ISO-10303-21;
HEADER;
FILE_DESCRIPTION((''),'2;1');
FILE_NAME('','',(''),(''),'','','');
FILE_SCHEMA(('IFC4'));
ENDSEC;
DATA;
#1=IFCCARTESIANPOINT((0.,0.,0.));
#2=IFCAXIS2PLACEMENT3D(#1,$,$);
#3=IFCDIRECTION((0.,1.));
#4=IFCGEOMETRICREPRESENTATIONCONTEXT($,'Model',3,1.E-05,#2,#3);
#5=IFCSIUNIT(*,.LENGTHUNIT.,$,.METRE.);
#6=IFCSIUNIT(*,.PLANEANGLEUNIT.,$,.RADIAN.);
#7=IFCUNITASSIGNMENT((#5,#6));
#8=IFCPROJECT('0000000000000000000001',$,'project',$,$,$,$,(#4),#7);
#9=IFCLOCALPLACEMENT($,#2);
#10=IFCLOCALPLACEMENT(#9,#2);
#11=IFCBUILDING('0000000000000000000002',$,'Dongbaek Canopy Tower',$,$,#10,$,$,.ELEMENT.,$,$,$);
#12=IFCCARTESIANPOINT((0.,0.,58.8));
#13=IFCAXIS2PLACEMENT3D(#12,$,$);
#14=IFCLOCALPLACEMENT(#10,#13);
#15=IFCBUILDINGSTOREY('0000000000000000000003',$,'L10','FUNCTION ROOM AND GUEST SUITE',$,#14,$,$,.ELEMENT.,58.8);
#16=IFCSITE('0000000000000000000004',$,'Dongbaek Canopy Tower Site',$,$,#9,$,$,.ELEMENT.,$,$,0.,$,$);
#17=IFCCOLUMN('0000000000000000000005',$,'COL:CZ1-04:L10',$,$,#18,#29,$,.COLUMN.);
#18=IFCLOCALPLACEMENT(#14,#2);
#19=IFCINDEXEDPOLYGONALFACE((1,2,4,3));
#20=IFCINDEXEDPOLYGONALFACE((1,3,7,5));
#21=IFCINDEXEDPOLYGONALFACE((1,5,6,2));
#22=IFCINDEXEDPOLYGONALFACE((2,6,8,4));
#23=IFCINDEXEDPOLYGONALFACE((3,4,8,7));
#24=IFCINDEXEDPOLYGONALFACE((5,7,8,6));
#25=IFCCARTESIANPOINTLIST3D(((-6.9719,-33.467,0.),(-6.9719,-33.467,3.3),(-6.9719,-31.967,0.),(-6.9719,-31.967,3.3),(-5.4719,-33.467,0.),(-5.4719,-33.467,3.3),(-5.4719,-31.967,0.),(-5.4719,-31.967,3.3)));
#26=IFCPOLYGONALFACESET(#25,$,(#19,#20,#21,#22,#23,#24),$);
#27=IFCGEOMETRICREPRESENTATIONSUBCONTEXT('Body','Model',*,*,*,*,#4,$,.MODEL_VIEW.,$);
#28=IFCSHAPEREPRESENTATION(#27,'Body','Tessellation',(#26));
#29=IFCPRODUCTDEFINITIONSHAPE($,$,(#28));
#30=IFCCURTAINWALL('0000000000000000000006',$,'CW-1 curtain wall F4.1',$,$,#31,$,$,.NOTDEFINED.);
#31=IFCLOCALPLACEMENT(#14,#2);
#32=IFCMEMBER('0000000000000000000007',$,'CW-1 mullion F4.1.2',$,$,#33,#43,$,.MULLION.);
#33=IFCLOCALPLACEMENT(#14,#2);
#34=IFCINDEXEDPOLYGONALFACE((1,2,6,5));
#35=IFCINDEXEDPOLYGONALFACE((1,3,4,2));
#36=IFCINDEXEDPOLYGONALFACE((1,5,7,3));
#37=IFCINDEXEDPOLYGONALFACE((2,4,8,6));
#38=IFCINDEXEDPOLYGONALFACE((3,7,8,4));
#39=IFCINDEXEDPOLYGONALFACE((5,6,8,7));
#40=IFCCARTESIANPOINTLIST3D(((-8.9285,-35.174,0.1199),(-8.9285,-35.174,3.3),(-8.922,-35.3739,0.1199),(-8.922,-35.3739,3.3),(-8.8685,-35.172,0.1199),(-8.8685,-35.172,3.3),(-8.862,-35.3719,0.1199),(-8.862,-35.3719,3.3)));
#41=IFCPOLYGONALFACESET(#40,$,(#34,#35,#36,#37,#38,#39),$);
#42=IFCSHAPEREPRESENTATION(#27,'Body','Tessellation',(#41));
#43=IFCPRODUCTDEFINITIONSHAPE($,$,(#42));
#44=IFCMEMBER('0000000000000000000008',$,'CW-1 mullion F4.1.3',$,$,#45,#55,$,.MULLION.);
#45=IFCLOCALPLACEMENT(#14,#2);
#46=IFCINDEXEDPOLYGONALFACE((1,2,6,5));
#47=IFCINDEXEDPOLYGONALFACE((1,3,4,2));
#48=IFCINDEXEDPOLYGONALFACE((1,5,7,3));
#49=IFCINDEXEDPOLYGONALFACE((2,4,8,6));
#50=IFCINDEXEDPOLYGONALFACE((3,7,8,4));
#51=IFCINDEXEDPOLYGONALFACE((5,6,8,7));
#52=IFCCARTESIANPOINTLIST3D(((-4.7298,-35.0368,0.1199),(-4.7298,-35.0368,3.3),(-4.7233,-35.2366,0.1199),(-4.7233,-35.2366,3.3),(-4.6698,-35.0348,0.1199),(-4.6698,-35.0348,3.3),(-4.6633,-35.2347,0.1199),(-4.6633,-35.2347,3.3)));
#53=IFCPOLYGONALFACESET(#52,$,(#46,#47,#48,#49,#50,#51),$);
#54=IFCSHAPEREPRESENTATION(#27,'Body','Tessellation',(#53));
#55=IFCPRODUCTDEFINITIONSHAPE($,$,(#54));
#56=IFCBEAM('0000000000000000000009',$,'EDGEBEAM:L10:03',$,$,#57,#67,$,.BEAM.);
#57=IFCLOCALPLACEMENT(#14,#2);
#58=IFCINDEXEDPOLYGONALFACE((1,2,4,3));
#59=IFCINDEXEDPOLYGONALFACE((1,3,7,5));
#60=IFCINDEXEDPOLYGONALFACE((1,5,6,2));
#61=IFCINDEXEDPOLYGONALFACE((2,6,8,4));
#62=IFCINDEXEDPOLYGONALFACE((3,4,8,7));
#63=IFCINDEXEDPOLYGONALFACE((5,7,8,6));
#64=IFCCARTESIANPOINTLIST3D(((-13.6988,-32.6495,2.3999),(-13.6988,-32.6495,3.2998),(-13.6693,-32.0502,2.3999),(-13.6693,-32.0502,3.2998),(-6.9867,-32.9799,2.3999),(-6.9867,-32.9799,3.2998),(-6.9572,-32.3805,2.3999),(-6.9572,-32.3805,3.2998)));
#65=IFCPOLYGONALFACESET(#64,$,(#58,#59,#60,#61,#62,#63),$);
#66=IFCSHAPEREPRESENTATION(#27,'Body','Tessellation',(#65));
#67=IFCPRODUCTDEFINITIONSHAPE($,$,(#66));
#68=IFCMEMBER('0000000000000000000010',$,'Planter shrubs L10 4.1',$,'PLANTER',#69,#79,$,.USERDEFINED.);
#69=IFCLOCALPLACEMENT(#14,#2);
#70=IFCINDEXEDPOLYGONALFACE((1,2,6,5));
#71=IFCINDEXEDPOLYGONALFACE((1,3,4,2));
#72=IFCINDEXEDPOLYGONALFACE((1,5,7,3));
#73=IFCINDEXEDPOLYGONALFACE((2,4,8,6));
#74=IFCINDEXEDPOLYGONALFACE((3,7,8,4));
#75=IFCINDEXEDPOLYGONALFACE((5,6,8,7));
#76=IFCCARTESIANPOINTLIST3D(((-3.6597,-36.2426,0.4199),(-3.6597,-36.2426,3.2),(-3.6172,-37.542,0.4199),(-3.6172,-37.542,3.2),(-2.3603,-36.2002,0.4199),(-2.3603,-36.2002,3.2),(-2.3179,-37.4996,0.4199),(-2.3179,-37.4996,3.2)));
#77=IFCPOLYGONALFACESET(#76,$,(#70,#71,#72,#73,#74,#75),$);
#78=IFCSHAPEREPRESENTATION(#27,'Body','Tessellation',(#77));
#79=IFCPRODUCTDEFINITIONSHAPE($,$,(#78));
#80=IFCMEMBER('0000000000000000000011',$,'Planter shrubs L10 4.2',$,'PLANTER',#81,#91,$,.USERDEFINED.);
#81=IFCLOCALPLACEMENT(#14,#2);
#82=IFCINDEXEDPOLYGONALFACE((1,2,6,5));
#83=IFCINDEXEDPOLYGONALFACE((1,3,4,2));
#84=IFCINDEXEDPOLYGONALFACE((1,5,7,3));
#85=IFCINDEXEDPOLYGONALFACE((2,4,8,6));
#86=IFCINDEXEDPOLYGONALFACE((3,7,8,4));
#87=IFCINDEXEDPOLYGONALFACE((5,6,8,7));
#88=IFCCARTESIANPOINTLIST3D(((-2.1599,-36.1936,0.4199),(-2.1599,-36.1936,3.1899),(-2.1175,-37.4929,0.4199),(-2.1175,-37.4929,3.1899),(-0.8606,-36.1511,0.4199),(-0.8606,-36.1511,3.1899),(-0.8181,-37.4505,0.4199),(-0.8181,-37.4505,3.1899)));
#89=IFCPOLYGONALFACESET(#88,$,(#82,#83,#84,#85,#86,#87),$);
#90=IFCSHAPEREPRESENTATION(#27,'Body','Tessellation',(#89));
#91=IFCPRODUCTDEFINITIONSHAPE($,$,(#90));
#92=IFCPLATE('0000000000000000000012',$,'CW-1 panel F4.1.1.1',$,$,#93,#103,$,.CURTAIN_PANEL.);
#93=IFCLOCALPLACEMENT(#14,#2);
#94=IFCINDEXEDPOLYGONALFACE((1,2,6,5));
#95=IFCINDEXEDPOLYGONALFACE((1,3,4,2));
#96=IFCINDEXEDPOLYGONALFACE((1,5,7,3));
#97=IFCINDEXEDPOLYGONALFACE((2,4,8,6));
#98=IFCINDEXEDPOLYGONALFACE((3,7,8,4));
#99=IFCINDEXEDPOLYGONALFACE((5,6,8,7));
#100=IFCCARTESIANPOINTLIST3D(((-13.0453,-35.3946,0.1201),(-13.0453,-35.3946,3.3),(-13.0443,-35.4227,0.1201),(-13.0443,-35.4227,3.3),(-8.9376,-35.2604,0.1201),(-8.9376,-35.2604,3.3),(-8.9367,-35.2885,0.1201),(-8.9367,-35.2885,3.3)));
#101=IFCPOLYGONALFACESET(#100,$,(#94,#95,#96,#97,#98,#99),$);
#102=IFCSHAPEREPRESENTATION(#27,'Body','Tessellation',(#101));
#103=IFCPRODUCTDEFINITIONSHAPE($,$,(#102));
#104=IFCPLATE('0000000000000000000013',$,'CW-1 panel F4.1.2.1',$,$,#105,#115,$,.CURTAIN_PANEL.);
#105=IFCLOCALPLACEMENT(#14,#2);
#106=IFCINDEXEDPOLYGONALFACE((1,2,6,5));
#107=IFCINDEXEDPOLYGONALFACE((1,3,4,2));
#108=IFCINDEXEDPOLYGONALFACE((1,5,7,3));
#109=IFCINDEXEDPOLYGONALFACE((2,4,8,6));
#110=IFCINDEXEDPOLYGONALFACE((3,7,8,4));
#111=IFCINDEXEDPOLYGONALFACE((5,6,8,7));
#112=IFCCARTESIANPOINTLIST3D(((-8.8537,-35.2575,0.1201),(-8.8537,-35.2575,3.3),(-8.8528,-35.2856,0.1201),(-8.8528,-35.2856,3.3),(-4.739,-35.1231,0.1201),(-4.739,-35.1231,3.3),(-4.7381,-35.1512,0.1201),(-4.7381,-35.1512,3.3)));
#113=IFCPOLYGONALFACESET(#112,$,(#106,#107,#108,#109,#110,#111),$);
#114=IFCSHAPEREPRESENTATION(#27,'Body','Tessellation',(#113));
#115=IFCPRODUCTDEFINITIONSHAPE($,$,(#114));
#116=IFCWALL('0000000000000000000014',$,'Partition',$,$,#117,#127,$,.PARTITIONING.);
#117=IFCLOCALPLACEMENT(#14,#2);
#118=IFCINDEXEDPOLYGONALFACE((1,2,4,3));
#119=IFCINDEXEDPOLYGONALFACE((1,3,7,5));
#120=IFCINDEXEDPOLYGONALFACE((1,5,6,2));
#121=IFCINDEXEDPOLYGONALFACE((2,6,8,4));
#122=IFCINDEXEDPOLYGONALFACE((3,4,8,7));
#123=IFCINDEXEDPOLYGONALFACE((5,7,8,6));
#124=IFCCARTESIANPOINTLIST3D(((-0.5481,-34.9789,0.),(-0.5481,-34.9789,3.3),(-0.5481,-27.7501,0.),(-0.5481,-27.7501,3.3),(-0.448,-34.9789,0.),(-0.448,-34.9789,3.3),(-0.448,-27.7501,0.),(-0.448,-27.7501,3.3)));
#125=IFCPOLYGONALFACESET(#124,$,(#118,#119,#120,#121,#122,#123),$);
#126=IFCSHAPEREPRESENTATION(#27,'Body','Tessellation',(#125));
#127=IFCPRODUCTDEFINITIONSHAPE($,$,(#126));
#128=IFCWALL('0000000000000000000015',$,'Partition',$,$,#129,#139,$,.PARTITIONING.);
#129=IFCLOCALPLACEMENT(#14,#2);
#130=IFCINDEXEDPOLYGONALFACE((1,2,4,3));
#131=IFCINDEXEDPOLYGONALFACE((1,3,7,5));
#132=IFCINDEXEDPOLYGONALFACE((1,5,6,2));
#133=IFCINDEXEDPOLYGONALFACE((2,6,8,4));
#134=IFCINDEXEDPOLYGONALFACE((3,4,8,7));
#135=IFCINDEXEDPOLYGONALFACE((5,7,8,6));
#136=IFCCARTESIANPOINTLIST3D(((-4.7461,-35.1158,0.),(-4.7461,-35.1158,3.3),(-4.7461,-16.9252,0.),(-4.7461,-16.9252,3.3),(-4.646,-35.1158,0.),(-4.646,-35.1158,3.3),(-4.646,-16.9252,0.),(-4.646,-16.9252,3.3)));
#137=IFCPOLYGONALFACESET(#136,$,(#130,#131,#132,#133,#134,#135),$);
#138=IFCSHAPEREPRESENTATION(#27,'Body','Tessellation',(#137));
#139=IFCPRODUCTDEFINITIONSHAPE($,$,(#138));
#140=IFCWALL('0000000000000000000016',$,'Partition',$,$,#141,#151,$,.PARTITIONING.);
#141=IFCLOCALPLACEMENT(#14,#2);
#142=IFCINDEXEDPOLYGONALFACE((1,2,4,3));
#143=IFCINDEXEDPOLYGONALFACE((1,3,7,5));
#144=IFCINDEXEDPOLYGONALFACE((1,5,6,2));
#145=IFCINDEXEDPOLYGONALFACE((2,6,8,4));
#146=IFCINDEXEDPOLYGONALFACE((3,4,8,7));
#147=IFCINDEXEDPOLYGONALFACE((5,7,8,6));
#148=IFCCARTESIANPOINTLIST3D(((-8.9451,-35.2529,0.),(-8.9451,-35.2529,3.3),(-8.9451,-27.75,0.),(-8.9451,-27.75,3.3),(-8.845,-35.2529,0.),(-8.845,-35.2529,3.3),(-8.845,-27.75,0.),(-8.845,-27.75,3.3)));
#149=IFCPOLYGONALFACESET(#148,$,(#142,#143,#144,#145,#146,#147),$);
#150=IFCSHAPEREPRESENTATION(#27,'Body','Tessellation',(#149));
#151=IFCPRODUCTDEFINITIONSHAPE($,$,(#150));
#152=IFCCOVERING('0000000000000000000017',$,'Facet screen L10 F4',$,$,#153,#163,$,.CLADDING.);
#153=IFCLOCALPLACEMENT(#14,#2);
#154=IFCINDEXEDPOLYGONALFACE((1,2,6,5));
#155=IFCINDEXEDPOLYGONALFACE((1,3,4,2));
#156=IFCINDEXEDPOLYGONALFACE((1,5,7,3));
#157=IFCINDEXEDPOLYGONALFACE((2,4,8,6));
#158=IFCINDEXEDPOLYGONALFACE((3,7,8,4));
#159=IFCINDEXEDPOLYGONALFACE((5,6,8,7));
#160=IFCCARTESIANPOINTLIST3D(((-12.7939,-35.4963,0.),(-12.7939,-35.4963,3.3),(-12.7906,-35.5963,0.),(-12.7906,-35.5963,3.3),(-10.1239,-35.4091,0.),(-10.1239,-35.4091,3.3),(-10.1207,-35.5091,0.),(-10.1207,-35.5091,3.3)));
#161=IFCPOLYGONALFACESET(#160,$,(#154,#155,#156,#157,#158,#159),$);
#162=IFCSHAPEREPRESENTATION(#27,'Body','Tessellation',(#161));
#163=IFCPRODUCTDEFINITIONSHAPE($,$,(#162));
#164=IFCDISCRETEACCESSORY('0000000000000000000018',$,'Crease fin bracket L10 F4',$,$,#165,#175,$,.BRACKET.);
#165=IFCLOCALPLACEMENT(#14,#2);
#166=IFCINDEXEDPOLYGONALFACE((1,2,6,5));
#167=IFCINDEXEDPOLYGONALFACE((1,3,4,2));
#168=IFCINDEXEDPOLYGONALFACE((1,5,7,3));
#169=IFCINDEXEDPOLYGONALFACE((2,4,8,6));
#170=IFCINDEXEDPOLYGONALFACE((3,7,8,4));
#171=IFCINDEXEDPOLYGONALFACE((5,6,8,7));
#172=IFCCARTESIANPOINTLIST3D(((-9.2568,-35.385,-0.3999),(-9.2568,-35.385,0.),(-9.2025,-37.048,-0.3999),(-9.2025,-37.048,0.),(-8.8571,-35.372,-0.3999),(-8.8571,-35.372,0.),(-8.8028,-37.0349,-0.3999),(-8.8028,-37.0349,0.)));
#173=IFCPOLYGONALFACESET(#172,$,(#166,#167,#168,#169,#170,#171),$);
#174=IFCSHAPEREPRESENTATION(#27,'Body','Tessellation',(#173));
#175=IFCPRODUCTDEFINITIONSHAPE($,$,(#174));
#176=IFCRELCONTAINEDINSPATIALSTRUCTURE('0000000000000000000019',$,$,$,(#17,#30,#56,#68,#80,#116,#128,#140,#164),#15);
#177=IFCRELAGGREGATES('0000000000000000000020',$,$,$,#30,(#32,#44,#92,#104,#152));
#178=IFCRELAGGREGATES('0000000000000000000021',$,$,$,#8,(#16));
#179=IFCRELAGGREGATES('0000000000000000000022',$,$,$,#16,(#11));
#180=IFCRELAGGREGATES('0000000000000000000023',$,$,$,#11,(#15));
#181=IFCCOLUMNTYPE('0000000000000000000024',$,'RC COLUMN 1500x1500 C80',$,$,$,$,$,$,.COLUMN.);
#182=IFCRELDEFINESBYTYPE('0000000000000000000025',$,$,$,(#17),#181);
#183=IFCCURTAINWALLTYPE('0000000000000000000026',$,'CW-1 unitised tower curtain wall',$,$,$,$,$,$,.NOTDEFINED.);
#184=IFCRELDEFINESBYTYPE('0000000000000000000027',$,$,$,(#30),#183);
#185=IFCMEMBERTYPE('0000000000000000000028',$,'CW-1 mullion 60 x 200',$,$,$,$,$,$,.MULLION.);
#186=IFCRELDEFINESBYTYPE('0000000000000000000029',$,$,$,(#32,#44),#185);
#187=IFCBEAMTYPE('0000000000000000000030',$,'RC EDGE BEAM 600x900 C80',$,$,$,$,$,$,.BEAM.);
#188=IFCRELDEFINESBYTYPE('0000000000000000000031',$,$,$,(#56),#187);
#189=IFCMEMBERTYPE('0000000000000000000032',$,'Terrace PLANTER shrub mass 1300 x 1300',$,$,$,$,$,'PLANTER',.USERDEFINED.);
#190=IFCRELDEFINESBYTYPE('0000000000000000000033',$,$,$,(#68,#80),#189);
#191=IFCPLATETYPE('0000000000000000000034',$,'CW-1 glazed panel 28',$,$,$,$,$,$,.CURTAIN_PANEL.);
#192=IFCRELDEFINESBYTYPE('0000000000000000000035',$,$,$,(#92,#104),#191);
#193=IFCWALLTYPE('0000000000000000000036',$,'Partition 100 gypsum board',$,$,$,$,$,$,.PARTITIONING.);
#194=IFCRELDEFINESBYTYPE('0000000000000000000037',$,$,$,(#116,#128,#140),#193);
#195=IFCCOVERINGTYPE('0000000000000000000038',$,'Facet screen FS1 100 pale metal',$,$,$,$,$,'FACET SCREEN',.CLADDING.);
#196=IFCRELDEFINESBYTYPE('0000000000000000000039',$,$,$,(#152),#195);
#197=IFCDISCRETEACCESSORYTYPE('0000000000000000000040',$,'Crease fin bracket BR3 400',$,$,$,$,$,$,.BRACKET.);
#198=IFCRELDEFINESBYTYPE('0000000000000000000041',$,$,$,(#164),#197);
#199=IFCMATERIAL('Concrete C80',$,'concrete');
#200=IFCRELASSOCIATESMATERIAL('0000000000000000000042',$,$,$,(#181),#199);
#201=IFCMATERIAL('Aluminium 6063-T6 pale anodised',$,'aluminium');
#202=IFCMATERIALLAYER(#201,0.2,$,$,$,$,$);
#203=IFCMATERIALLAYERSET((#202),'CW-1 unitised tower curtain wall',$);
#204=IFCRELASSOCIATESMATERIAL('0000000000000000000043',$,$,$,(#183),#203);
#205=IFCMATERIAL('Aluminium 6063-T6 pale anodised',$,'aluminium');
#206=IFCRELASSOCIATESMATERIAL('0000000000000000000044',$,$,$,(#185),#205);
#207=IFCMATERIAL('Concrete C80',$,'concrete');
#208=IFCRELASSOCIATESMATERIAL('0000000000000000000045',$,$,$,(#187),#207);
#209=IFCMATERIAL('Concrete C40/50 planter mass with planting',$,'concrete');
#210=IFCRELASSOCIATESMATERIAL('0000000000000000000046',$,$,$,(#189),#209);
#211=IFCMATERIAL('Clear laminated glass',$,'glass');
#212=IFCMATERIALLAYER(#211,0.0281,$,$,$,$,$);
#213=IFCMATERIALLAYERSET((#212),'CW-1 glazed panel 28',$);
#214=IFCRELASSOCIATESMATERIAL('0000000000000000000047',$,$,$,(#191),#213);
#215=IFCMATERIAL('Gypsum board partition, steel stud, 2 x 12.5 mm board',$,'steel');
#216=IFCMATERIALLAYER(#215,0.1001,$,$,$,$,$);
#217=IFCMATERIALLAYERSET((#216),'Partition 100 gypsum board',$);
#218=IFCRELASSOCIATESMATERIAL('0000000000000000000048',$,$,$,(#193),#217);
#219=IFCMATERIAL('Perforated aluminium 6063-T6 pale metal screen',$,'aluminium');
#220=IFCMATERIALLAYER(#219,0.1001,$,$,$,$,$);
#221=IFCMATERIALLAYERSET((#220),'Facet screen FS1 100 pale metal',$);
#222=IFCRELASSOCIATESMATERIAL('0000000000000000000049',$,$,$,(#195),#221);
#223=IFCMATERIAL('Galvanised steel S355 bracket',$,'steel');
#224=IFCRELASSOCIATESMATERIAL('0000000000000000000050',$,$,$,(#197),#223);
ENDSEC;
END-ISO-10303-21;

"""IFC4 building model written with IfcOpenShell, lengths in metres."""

from ifc_helpers import new_model, si_unit, direction, frame, frame_2d, origin, origin_2d, place, context, subcontext, project, spatial, rectangle, extrude, material, layer, layer_set, material_profile, profile_set, type_object, element, aggregate, save


model = new_model("IFC4")

# Units and contexts
model_context = context("Model", 3, precision=1e-05, world=origin(), true_north=direction((0.0, 1.0)))
body_context = subcontext(model_context, "Body", "Model", "MODEL_VIEW")
ifc_project = project(units=[si_unit("LENGTHUNIT", "METRE"), si_unit("PLANEANGLEUNIT", "RADIAN")], contexts=[model_context])

# Site, building, storey
site_placement = place(None, origin())
site = spatial("IfcSite", under=ifc_project, at=site_placement, Name="Dongbaek Canopy Tower Site", CompositionType="ELEMENT", RefElevation=0.0)
building_placement = place(site_placement, origin())
building = spatial("IfcBuilding", under=site, at=building_placement, Name="Dongbaek Canopy Tower", CompositionType="ELEMENT")
storey_placement = place(building_placement, frame((0.0, 0.0, 58.8)))
storey = spatial("IfcBuildingStorey", under=building, at=storey_placement, Name="L10", Description="FUNCTION ROOM AND GUEST SUITE", CompositionType="ELEMENT", Elevation=58.8)

# Column
ifc_material_1 = material(Name="Concrete C80", Category="concrete")
ifc_material_profile_1 = material_profile(ifc_material_1, rectangle(XDim=1.5, YDim=1.5, at=origin_2d()), Name="RC COLUMN 1500x1500 C80")
ifc_profile_set_1 = profile_set([ifc_material_profile_1], Name="Concrete C80")
column_type = type_object("IfcColumnType", Name="RC COLUMN 1500x1500 C80", PredefinedType="COLUMN", material=ifc_profile_set_1)
column_placement = place(storey_placement, frame((-6.2219, -32.717, 0.0), z_axis=(0.0, 0.0, 1.0), x_axis=(1.0, 0.0, 0.0)))
element("IfcColumn", 1, at=column_placement, inside=storey, type_object=column_type, Name="COL:CZ1-04:L10", PredefinedType="COLUMN", context=body_context, shape_type="SweptSolid", body=[
    extrude(rectangle(XDim=1.5, YDim=1.5, at=origin_2d()), origin(), (0.0, 0.0, 1.0), 3.3),
])

# Curtain wall, members
ifc_material_2 = material(Name="Aluminium 6063-T6 pale anodised", Category="aluminium")
ifc_layer_1 = layer(ifc_material_2, 0.2)
ifc_layer_set_1 = layer_set([ifc_layer_1], Name="CW-1 unitised tower curtain wall")
curtain_wall_type = type_object("IfcCurtainWallType", Name="CW-1 unitised tower curtain wall", PredefinedType="NOTDEFINED", material=ifc_layer_set_1)
curtain_wall_placement = place(storey_placement, origin())
curtain_wall = element("IfcCurtainWall", 2, at=curtain_wall_placement, inside=storey, type_object=curtain_wall_type, Name="CW-1 curtain wall F4.1", PredefinedType="NOTDEFINED")
ifc_material_3 = material(Name="Aluminium 6063-T6 pale anodised", Category="aluminium")
ifc_material_profile_2 = material_profile(ifc_material_3, rectangle(XDim=0.2, YDim=0.0601, at=origin_2d()), Name="CW-1 mullion 60 x 200")
ifc_profile_set_2 = profile_set([ifc_material_profile_2], Name="Aluminium 6063-T6 pale anodised")
member_type_1 = type_object("IfcMemberType", Name="CW-1 mullion 60 x 200", PredefinedType="MULLION", material=ifc_profile_set_2)
member_1_placement = place(storey_placement, frame((-8.8953, -35.2729, 0.1199), z_axis=(0.0, 0.0, 1.0), x_axis=(0.032646, -0.999467, 0.0)))
member_1 = element("IfcMember", 3, at=member_1_placement, type_object=member_type_1, Name="CW-1 mullion F4.1.2", PredefinedType="MULLION", context=body_context, shape_type="SweptSolid", body=[
    extrude(rectangle(XDim=0.2, YDim=0.0601, at=origin_2d()), origin(), (0.0, 0.0, 1.0), 3.1802),
])
member_2_placement = place(storey_placement, frame((-4.6965, -35.1357, 0.1199), z_axis=(0.0, 0.0, 1.0), x_axis=(0.032646, -0.999467, 0.0)))
member_2 = element("IfcMember", 4, at=member_2_placement, type_object=member_type_1, Name="CW-1 mullion F4.1.3", PredefinedType="MULLION", context=body_context, shape_type="SweptSolid", body=[
    extrude(rectangle(XDim=0.2, YDim=0.0601, at=origin_2d()), origin(), (0.0, 0.0, 1.0), 3.1802),
])

# Beam
ifc_material_4 = material(Name="Concrete C80", Category="concrete")
ifc_material_profile_3 = material_profile(ifc_material_4, rectangle(XDim=0.6001, YDim=0.8999, at=origin_2d()), Name="RC EDGE BEAM 600x900 C80")
ifc_profile_set_3 = profile_set([ifc_material_profile_3], Name="Concrete C80")
beam_type = type_object("IfcBeamType", Name="RC EDGE BEAM 600x900 C80", PredefinedType="BEAM", material=ifc_profile_set_3)
beam_placement = place(storey_placement, frame((-6.9719, -32.6802, 2.8499), z_axis=(-0.998791, 0.049153, 0.0), x_axis=(-0.049153, -0.998791, 0.0)))
element("IfcBeam", 5, at=beam_placement, inside=storey, type_object=beam_type, Name="EDGEBEAM:L10:03", PredefinedType="BEAM", context=body_context, shape_type="SweptSolid", body=[
    extrude(rectangle(XDim=0.6001, YDim=0.8999, at=origin_2d()), origin(), (0.0, 0.0, 1.0), 6.7202),
])

# Members
ifc_material_5 = material(Name="Concrete C40/50 planter mass with planting", Category="concrete")
ifc_material_profile_4 = material_profile(ifc_material_5, rectangle(XDim=1.3, YDim=1.3, at=origin_2d()), Name="Terrace PLANTER shrub mass 1300 x 1300")
ifc_profile_set_4 = profile_set([ifc_material_profile_4], Name="Concrete C40/50 planter mass with planting")
member_type_2 = type_object("IfcMemberType", Name="Terrace PLANTER shrub mass 1300 x 1300", ElementType="PLANTER", PredefinedType="USERDEFINED", material=ifc_profile_set_4)
member_3_placement = place(storey_placement, frame((-2.9888, -36.8711, 0.4199), z_axis=(0.0, 0.0, 1.0), x_axis=(0.032646, -0.999467, 0.0)))
element("IfcMember", 6, at=member_3_placement, inside=storey, type_object=member_type_2, Name="Planter shrubs L10 4.1", ObjectType="PLANTER", PredefinedType="USERDEFINED", context=body_context, shape_type="SweptSolid", body=[
    extrude(rectangle(XDim=1.3, YDim=1.3, at=origin_2d()), origin(), (0.0, 0.0, 1.0), 2.78),
])
member_4_placement = place(storey_placement, frame((-1.489, -36.822, 0.4199), z_axis=(0.0, 0.0, 1.0), x_axis=(0.032646, -0.999467, 0.0)))
element("IfcMember", 7, at=member_4_placement, inside=storey, type_object=member_type_2, Name="Planter shrubs L10 4.2", ObjectType="PLANTER", PredefinedType="USERDEFINED", context=body_context, shape_type="SweptSolid", body=[
    extrude(rectangle(XDim=1.3, YDim=1.3, at=origin_2d()), origin(), (0.0, 0.0, 1.0), 2.77),
])

# Plates
ifc_material_6 = material(Name="Clear laminated glass", Category="glass")
ifc_layer_2 = layer(ifc_material_6, 0.0281)
ifc_layer_set_2 = layer_set([ifc_layer_2], Name="CW-1 glazed panel 28")
plate_type = type_object("IfcPlateType", Name="CW-1 glazed panel 28", PredefinedType="CURTAIN_PANEL", material=ifc_layer_set_2)
plate_1_placement = place(storey_placement, frame((-10.991, -35.3416, 0.1201), z_axis=(0.0, 0.0, 1.0), x_axis=(0.999467, 0.032646, 0.0)))
plate_1 = element("IfcPlate", 8, at=plate_1_placement, type_object=plate_type, Name="CW-1 panel F4.1.1.1", PredefinedType="CURTAIN_PANEL", context=body_context, shape_type="SweptSolid", body=[
    extrude(rectangle(XDim=4.1099, YDim=0.0281, at=origin_2d()), origin(), (0.0, 0.0, 1.0), 3.1799),
])
plate_2_placement = place(storey_placement, frame((-6.7959, -35.2043, 0.1201), z_axis=(0.0, 0.0, 1.0), x_axis=(0.999467, 0.032646, 0.0)))
plate_2 = element("IfcPlate", 9, at=plate_2_placement, type_object=plate_type, Name="CW-1 panel F4.1.2.1", PredefinedType="CURTAIN_PANEL", context=body_context, shape_type="SweptSolid", body=[
    extrude(rectangle(XDim=4.1169, YDim=0.0281, at=origin_2d()), origin(), (0.0, 0.0, 1.0), 3.1799),
])

# Walls
ifc_material_7 = material(Name="Gypsum board partition, steel stud, 2 x 12.5 mm board", Category="steel")
ifc_layer_3 = layer(ifc_material_7, 0.1001)
ifc_layer_set_3 = layer_set([ifc_layer_3], Name="Partition 100 gypsum board")
wall_type_1 = type_object("IfcWallType", Name="Partition 100 gypsum board", PredefinedType="PARTITIONING", material=ifc_layer_set_3)
wall_1_placement = place(storey_placement, frame((-0.498, -34.9788, 0.0), z_axis=(0.0, 0.0, 1.0), x_axis=(0.0, 1.0, 0.0)))
element("IfcWall", 10, at=wall_1_placement, inside=storey, type_object=wall_type_1, Name="Partition", PredefinedType="PARTITIONING", context=body_context, shape_type="SweptSolid", body=[
    extrude(rectangle(XDim=7.2288, YDim=0.1001, at=frame_2d((3.6143, 0.0))), origin(), (0.0, 0.0, 1.0), 3.3),
])
wall_2_placement = place(storey_placement, frame((-4.696, -35.1157, 0.0), z_axis=(0.0, 0.0, 1.0), x_axis=(0.0, 1.0, 0.0)))
element("IfcWall", 11, at=wall_2_placement, inside=storey, type_object=wall_type_1, Name="Partition", PredefinedType="PARTITIONING", context=body_context, shape_type="SweptSolid", body=[
    extrude(rectangle(XDim=18.1907, YDim=0.1001, at=frame_2d((9.0952, 0.0))), origin(), (0.0, 0.0, 1.0), 3.3),
])
wall_3_placement = place(storey_placement, frame((-8.895, -35.2529, 0.0), z_axis=(0.0, 0.0, 1.0), x_axis=(0.0, 1.0, 0.0)))
element("IfcWall", 12, at=wall_3_placement, inside=storey, type_object=wall_type_1, Name="Partition", PredefinedType="PARTITIONING", context=body_context, shape_type="SweptSolid", body=[
    extrude(rectangle(XDim=7.5029, YDim=0.1001, at=frame_2d((3.7515, 0.0))), origin(), (0.0, 0.0, 1.0), 3.3),
])

# Covering
ifc_material_8 = material(Name="Perforated aluminium 6063-T6 pale metal screen", Category="aluminium")
ifc_layer_4 = layer(ifc_material_8, 0.1001)
ifc_layer_set_4 = layer_set([ifc_layer_4], Name="Facet screen FS1 100 pale metal")
covering_type = type_object("IfcCoveringType", Name="Facet screen FS1 100 pale metal", ElementType="FACET SCREEN", PredefinedType="CLADDING", material=ifc_layer_set_4)
covering_placement = place(storey_placement, frame((-11.4573, -35.5027, 0.0), z_axis=(0.0, 0.0, 1.0), x_axis=(0.999467, 0.032646, 0.0)))
covering = element("IfcCovering", 13, at=covering_placement, type_object=covering_type, Name="Facet screen L10 F4", PredefinedType="CLADDING", context=body_context, shape_type="SweptSolid", body=[
    extrude(rectangle(XDim=2.6714, YDim=0.1001, at=origin_2d()), origin(), (0.0, 0.0, 1.0), 3.3),
])
aggregate(curtain_wall, [member_1, member_2, plate_1, plate_2, covering])

# Discrete accessory
ifc_material_9 = material(Name="Galvanised steel S355 bracket", Category="steel")
discrete_accessory_type = type_object("IfcDiscreteAccessoryType", Name="Crease fin bracket BR3 400", PredefinedType="BRACKET", material=ifc_material_9)
discrete_accessory_placement = place(storey_placement, frame((-9.0298, -36.21, -0.3999), z_axis=(0.0, 0.0, 1.0), x_axis=(0.032646, -0.999467, 0.0)))
element("IfcDiscreteAccessory", 14, at=discrete_accessory_placement, inside=storey, type_object=discrete_accessory_type, Name="Crease fin bracket L10 F4", PredefinedType="BRACKET", context=body_context, shape_type="SweptSolid", body=[
    extrude(rectangle(XDim=1.6638, YDim=0.3999, at=origin_2d()), origin(), (0.0, 0.0, 1.0), 0.3999),
])

save(model, "model.ifc")
